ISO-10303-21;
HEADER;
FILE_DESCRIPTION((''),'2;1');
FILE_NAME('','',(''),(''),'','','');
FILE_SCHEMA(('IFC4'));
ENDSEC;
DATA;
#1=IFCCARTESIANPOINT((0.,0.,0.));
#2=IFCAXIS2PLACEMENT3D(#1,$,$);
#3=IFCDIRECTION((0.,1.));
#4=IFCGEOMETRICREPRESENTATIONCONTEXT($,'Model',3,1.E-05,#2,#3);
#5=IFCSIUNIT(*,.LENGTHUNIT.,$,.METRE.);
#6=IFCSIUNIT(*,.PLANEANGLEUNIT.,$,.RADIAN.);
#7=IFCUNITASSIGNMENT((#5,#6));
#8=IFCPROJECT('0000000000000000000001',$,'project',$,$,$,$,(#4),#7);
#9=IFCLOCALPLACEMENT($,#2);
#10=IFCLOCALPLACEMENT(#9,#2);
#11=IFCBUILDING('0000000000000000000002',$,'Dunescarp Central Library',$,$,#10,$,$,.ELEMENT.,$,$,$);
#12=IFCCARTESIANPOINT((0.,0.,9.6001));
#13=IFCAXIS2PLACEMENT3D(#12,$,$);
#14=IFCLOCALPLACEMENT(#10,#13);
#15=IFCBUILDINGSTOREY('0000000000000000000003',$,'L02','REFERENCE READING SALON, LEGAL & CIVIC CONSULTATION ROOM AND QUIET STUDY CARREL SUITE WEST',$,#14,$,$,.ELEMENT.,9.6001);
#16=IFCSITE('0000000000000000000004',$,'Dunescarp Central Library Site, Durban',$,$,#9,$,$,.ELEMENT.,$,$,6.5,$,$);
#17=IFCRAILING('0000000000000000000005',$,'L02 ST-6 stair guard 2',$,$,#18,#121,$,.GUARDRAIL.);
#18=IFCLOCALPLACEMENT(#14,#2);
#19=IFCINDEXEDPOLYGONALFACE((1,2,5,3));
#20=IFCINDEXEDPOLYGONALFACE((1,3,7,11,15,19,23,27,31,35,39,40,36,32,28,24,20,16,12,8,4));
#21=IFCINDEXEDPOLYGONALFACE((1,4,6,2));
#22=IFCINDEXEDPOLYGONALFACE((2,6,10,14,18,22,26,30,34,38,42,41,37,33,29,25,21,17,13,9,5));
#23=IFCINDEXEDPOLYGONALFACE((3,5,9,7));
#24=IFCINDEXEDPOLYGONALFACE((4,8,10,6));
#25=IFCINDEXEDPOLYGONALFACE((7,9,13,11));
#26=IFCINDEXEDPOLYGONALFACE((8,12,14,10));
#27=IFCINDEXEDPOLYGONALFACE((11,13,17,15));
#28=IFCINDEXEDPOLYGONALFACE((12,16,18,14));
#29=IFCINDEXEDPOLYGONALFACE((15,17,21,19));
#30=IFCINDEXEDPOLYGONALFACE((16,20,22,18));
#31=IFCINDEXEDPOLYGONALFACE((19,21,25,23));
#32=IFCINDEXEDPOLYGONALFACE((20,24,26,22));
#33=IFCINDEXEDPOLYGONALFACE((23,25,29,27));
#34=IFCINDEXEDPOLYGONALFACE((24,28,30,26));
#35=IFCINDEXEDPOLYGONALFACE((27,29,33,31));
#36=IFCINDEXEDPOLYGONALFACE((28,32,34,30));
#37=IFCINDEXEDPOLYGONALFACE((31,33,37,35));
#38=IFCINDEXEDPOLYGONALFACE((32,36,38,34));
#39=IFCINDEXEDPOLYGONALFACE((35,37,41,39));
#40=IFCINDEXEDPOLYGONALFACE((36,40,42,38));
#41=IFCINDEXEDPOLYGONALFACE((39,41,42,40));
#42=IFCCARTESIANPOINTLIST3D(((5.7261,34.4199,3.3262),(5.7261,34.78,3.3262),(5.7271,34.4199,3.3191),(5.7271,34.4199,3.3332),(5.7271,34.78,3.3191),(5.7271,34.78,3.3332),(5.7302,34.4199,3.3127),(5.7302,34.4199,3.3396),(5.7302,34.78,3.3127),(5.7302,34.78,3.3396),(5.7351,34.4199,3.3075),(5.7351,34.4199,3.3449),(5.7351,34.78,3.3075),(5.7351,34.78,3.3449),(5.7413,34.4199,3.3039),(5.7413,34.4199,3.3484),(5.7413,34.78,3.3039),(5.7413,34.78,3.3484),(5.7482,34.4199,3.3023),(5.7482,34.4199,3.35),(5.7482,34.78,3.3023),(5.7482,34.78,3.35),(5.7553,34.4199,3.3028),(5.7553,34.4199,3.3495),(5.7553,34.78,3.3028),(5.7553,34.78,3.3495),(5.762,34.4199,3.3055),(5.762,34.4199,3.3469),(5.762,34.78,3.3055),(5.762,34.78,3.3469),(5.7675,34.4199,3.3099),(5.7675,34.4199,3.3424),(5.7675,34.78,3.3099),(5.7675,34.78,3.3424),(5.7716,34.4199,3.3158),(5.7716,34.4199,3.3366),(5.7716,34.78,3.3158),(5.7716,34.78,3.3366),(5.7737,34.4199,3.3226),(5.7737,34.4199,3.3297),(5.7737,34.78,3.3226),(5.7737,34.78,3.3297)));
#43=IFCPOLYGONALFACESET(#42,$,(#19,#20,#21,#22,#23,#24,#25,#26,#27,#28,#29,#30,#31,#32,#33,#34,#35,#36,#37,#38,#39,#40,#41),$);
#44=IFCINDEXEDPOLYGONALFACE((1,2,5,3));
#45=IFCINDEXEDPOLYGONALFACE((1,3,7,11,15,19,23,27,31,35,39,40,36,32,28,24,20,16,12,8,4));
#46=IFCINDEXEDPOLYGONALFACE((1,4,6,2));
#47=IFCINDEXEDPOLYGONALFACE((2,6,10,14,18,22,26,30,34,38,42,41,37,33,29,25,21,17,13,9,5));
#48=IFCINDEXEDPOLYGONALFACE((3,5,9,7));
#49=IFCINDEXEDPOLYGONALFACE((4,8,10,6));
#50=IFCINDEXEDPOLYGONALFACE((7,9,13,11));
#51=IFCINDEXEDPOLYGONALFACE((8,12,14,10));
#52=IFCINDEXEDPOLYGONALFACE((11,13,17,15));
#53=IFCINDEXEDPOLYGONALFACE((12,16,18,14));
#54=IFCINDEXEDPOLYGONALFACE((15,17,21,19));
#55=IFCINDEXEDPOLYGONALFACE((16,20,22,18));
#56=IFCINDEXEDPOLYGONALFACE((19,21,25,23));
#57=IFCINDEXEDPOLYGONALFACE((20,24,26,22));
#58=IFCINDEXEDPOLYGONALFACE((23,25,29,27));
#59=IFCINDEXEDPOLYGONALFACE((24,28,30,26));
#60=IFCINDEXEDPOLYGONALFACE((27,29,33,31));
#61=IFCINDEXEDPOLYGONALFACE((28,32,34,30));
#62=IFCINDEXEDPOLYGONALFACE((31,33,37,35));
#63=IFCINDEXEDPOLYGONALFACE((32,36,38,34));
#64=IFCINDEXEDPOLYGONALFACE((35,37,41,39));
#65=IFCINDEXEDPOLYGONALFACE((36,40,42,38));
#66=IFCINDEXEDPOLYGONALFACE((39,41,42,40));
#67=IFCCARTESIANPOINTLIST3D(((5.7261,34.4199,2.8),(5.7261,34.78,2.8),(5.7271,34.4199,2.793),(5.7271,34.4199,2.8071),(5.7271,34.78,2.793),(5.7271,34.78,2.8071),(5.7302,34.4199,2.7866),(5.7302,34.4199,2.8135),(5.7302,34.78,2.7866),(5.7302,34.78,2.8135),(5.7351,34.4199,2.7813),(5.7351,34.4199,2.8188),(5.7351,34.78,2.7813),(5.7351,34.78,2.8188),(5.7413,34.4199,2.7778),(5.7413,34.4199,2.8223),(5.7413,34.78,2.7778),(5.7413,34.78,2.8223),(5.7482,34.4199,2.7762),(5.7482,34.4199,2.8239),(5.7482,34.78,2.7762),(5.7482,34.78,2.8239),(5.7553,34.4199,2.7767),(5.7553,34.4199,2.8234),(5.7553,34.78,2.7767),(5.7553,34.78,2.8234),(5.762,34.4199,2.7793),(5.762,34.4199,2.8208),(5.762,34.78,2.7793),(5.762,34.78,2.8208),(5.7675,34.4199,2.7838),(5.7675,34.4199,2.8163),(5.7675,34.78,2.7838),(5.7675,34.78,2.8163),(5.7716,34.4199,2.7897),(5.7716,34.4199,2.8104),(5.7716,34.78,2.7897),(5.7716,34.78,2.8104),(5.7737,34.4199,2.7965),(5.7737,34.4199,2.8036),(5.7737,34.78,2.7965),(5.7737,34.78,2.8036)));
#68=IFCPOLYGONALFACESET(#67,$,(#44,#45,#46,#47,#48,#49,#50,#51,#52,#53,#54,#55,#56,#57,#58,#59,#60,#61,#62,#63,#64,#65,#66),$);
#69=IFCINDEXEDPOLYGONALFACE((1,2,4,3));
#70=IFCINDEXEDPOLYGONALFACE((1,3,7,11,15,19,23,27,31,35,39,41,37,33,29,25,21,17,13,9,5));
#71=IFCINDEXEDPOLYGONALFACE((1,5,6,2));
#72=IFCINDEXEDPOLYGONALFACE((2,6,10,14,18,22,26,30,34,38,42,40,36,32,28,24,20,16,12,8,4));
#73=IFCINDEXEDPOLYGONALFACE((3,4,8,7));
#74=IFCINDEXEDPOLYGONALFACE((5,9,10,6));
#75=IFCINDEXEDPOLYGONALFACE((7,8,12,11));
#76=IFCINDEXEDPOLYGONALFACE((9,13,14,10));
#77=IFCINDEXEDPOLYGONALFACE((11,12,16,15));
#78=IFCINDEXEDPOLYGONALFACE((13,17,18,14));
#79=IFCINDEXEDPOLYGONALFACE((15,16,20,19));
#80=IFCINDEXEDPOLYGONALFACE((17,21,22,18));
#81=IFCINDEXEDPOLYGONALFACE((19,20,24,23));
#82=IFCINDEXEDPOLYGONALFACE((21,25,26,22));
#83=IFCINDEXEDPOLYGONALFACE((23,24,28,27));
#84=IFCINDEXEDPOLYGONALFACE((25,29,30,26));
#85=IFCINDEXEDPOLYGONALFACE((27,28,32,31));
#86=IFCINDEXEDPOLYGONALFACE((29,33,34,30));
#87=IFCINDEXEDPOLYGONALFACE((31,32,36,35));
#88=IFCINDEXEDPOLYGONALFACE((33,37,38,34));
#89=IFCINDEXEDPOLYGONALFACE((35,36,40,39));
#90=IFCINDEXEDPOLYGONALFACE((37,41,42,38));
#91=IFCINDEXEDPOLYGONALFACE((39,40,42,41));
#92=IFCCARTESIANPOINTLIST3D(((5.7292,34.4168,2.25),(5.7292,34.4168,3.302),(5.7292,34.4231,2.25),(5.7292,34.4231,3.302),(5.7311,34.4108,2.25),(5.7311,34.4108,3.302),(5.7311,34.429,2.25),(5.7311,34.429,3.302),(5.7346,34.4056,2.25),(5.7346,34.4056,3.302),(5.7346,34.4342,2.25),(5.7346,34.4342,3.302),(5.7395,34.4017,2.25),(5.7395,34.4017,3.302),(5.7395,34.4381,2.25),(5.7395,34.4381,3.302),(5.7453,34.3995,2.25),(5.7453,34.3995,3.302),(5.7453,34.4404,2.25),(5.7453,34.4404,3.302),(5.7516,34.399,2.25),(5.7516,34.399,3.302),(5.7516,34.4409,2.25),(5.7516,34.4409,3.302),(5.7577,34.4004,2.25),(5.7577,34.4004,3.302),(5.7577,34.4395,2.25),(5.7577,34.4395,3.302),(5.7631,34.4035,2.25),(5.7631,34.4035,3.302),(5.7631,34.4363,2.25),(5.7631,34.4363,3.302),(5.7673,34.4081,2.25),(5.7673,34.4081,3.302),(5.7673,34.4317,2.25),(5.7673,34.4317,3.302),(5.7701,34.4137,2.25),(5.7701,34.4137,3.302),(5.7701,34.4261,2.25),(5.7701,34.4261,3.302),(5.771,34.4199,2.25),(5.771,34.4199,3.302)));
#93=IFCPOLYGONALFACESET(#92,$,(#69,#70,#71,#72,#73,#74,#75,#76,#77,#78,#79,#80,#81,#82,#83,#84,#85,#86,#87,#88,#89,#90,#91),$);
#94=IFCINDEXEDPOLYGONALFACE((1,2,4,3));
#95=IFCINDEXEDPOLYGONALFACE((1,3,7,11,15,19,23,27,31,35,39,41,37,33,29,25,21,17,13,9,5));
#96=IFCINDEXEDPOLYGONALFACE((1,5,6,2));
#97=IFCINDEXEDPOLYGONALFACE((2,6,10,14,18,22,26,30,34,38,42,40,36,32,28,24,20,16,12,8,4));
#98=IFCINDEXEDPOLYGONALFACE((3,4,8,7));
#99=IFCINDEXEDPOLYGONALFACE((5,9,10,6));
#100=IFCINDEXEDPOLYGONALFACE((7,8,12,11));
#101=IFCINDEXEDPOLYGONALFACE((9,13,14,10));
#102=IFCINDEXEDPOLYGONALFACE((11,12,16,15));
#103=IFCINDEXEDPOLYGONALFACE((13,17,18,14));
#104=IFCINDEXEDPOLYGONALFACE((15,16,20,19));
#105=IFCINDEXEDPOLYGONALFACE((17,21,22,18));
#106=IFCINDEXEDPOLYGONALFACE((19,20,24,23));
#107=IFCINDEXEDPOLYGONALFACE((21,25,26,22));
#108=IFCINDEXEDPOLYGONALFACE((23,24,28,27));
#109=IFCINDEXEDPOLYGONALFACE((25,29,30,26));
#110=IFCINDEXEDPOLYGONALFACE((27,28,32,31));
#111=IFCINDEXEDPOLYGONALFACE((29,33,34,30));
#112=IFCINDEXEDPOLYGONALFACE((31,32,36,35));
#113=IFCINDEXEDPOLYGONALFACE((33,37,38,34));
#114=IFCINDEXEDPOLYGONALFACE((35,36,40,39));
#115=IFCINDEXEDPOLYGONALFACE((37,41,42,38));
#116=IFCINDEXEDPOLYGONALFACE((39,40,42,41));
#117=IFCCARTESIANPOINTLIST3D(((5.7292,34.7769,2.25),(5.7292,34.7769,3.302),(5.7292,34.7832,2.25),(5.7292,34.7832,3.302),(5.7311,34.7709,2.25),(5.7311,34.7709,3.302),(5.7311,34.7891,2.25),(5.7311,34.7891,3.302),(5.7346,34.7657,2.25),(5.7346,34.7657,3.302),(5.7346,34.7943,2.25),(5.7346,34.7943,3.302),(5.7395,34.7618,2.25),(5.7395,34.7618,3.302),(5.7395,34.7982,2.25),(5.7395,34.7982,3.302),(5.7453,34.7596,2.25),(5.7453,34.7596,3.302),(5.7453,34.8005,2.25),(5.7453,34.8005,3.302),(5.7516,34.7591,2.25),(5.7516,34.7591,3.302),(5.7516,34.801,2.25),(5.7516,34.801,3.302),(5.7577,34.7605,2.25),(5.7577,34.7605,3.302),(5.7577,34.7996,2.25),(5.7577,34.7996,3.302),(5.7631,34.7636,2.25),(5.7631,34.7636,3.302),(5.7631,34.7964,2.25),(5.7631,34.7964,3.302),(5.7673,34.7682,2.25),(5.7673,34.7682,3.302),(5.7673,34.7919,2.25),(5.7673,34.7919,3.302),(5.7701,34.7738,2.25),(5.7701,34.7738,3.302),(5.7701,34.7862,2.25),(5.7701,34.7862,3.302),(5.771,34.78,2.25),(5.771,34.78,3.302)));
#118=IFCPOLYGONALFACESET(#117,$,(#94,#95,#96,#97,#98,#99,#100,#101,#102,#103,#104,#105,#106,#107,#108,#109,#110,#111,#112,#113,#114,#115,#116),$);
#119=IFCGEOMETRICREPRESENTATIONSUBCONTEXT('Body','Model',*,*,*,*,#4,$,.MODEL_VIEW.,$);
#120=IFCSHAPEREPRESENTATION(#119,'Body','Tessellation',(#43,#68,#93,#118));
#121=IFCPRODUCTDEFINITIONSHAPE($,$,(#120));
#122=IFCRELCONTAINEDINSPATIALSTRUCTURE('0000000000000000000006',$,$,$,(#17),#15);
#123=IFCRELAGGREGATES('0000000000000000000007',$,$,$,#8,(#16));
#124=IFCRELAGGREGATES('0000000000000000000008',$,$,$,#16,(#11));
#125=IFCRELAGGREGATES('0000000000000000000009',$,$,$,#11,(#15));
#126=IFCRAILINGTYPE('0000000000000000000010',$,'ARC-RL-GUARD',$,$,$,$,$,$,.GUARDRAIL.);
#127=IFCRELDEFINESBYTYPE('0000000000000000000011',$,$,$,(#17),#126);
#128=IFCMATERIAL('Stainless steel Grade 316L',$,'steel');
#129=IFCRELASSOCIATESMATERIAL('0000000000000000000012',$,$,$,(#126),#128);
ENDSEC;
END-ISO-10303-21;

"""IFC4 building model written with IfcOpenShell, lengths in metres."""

from ifc_helpers import new_model, si_unit, direction, frame, origin, origin_2d, place, context, subcontext, project, spatial, circle, extrude, material, type_object, element, save


model = new_model("IFC4")

# Units and contexts
model_context = context("Model", 3, precision=1e-05, world=origin(), true_north=direction((0.0, 1.0)))
body_context = subcontext(model_context, "Body", "Model", "MODEL_VIEW")
ifc_project = project(units=[si_unit("LENGTHUNIT", "METRE"), si_unit("PLANEANGLEUNIT", "RADIAN")], contexts=[model_context])

# Site, building, storey
site_placement = place(None, origin())
site = spatial("IfcSite", under=ifc_project, at=site_placement, Name="Dunescarp Central Library Site, Durban", CompositionType="ELEMENT", RefElevation=6.5)
building_placement = place(site_placement, origin())
building = spatial("IfcBuilding", under=site, at=building_placement, Name="Dunescarp Central Library", CompositionType="ELEMENT")
storey_placement = place(building_placement, frame((0.0, 0.0, 9.6001)))
storey = spatial("IfcBuildingStorey", under=building, at=storey_placement, Name="L02", Description="REFERENCE READING SALON, LEGAL & CIVIC CONSULTATION ROOM AND QUIET STUDY CARREL SUITE WEST", CompositionType="ELEMENT", Elevation=9.6001)

# Railing
ifc_material_1 = material(Name="Stainless steel Grade 316L", Category="steel")
railing_type_1 = type_object("IfcRailingType", Name="ARC-RL-GUARD", PredefinedType="GUARDRAIL", material=ifc_material_1)
railing_1_placement = place(storey_placement, frame((5.75, 34.4199, 2.25)))
element("IfcRailing", 1, at=railing_1_placement, inside=storey, type_object=railing_type_1, Name="L02 ST-6 stair guard 2", PredefinedType="GUARDRAIL", context=body_context, shape_type="SweptSolid", body=[
    extrude(circle(Radius=0.0239, at=origin_2d()), frame((0.0, 0.0, 1.0762), z_axis=(0.0, 1.0, 0.0), x_axis=(-1.0, 0.0, 0.0)), (0.0, 0.0, 1.0), 0.3601),
    extrude(circle(Radius=0.0239, at=origin_2d()), frame((0.0, 0.0, 0.55), z_axis=(0.0, 1.0, 0.0), x_axis=(-1.0, 0.0, 0.0)), (0.0, 0.0, 1.0), 0.3601),
    extrude(circle(Radius=0.021, at=origin_2d()), origin(), (0.0, 0.0, 1.0), 1.052),
    extrude(circle(Radius=0.021, at=origin_2d()), frame((0.0, 0.3601, 0.0)), (0.0, 0.0, 1.0), 1.052),
])

save(model, "model.ifc")
